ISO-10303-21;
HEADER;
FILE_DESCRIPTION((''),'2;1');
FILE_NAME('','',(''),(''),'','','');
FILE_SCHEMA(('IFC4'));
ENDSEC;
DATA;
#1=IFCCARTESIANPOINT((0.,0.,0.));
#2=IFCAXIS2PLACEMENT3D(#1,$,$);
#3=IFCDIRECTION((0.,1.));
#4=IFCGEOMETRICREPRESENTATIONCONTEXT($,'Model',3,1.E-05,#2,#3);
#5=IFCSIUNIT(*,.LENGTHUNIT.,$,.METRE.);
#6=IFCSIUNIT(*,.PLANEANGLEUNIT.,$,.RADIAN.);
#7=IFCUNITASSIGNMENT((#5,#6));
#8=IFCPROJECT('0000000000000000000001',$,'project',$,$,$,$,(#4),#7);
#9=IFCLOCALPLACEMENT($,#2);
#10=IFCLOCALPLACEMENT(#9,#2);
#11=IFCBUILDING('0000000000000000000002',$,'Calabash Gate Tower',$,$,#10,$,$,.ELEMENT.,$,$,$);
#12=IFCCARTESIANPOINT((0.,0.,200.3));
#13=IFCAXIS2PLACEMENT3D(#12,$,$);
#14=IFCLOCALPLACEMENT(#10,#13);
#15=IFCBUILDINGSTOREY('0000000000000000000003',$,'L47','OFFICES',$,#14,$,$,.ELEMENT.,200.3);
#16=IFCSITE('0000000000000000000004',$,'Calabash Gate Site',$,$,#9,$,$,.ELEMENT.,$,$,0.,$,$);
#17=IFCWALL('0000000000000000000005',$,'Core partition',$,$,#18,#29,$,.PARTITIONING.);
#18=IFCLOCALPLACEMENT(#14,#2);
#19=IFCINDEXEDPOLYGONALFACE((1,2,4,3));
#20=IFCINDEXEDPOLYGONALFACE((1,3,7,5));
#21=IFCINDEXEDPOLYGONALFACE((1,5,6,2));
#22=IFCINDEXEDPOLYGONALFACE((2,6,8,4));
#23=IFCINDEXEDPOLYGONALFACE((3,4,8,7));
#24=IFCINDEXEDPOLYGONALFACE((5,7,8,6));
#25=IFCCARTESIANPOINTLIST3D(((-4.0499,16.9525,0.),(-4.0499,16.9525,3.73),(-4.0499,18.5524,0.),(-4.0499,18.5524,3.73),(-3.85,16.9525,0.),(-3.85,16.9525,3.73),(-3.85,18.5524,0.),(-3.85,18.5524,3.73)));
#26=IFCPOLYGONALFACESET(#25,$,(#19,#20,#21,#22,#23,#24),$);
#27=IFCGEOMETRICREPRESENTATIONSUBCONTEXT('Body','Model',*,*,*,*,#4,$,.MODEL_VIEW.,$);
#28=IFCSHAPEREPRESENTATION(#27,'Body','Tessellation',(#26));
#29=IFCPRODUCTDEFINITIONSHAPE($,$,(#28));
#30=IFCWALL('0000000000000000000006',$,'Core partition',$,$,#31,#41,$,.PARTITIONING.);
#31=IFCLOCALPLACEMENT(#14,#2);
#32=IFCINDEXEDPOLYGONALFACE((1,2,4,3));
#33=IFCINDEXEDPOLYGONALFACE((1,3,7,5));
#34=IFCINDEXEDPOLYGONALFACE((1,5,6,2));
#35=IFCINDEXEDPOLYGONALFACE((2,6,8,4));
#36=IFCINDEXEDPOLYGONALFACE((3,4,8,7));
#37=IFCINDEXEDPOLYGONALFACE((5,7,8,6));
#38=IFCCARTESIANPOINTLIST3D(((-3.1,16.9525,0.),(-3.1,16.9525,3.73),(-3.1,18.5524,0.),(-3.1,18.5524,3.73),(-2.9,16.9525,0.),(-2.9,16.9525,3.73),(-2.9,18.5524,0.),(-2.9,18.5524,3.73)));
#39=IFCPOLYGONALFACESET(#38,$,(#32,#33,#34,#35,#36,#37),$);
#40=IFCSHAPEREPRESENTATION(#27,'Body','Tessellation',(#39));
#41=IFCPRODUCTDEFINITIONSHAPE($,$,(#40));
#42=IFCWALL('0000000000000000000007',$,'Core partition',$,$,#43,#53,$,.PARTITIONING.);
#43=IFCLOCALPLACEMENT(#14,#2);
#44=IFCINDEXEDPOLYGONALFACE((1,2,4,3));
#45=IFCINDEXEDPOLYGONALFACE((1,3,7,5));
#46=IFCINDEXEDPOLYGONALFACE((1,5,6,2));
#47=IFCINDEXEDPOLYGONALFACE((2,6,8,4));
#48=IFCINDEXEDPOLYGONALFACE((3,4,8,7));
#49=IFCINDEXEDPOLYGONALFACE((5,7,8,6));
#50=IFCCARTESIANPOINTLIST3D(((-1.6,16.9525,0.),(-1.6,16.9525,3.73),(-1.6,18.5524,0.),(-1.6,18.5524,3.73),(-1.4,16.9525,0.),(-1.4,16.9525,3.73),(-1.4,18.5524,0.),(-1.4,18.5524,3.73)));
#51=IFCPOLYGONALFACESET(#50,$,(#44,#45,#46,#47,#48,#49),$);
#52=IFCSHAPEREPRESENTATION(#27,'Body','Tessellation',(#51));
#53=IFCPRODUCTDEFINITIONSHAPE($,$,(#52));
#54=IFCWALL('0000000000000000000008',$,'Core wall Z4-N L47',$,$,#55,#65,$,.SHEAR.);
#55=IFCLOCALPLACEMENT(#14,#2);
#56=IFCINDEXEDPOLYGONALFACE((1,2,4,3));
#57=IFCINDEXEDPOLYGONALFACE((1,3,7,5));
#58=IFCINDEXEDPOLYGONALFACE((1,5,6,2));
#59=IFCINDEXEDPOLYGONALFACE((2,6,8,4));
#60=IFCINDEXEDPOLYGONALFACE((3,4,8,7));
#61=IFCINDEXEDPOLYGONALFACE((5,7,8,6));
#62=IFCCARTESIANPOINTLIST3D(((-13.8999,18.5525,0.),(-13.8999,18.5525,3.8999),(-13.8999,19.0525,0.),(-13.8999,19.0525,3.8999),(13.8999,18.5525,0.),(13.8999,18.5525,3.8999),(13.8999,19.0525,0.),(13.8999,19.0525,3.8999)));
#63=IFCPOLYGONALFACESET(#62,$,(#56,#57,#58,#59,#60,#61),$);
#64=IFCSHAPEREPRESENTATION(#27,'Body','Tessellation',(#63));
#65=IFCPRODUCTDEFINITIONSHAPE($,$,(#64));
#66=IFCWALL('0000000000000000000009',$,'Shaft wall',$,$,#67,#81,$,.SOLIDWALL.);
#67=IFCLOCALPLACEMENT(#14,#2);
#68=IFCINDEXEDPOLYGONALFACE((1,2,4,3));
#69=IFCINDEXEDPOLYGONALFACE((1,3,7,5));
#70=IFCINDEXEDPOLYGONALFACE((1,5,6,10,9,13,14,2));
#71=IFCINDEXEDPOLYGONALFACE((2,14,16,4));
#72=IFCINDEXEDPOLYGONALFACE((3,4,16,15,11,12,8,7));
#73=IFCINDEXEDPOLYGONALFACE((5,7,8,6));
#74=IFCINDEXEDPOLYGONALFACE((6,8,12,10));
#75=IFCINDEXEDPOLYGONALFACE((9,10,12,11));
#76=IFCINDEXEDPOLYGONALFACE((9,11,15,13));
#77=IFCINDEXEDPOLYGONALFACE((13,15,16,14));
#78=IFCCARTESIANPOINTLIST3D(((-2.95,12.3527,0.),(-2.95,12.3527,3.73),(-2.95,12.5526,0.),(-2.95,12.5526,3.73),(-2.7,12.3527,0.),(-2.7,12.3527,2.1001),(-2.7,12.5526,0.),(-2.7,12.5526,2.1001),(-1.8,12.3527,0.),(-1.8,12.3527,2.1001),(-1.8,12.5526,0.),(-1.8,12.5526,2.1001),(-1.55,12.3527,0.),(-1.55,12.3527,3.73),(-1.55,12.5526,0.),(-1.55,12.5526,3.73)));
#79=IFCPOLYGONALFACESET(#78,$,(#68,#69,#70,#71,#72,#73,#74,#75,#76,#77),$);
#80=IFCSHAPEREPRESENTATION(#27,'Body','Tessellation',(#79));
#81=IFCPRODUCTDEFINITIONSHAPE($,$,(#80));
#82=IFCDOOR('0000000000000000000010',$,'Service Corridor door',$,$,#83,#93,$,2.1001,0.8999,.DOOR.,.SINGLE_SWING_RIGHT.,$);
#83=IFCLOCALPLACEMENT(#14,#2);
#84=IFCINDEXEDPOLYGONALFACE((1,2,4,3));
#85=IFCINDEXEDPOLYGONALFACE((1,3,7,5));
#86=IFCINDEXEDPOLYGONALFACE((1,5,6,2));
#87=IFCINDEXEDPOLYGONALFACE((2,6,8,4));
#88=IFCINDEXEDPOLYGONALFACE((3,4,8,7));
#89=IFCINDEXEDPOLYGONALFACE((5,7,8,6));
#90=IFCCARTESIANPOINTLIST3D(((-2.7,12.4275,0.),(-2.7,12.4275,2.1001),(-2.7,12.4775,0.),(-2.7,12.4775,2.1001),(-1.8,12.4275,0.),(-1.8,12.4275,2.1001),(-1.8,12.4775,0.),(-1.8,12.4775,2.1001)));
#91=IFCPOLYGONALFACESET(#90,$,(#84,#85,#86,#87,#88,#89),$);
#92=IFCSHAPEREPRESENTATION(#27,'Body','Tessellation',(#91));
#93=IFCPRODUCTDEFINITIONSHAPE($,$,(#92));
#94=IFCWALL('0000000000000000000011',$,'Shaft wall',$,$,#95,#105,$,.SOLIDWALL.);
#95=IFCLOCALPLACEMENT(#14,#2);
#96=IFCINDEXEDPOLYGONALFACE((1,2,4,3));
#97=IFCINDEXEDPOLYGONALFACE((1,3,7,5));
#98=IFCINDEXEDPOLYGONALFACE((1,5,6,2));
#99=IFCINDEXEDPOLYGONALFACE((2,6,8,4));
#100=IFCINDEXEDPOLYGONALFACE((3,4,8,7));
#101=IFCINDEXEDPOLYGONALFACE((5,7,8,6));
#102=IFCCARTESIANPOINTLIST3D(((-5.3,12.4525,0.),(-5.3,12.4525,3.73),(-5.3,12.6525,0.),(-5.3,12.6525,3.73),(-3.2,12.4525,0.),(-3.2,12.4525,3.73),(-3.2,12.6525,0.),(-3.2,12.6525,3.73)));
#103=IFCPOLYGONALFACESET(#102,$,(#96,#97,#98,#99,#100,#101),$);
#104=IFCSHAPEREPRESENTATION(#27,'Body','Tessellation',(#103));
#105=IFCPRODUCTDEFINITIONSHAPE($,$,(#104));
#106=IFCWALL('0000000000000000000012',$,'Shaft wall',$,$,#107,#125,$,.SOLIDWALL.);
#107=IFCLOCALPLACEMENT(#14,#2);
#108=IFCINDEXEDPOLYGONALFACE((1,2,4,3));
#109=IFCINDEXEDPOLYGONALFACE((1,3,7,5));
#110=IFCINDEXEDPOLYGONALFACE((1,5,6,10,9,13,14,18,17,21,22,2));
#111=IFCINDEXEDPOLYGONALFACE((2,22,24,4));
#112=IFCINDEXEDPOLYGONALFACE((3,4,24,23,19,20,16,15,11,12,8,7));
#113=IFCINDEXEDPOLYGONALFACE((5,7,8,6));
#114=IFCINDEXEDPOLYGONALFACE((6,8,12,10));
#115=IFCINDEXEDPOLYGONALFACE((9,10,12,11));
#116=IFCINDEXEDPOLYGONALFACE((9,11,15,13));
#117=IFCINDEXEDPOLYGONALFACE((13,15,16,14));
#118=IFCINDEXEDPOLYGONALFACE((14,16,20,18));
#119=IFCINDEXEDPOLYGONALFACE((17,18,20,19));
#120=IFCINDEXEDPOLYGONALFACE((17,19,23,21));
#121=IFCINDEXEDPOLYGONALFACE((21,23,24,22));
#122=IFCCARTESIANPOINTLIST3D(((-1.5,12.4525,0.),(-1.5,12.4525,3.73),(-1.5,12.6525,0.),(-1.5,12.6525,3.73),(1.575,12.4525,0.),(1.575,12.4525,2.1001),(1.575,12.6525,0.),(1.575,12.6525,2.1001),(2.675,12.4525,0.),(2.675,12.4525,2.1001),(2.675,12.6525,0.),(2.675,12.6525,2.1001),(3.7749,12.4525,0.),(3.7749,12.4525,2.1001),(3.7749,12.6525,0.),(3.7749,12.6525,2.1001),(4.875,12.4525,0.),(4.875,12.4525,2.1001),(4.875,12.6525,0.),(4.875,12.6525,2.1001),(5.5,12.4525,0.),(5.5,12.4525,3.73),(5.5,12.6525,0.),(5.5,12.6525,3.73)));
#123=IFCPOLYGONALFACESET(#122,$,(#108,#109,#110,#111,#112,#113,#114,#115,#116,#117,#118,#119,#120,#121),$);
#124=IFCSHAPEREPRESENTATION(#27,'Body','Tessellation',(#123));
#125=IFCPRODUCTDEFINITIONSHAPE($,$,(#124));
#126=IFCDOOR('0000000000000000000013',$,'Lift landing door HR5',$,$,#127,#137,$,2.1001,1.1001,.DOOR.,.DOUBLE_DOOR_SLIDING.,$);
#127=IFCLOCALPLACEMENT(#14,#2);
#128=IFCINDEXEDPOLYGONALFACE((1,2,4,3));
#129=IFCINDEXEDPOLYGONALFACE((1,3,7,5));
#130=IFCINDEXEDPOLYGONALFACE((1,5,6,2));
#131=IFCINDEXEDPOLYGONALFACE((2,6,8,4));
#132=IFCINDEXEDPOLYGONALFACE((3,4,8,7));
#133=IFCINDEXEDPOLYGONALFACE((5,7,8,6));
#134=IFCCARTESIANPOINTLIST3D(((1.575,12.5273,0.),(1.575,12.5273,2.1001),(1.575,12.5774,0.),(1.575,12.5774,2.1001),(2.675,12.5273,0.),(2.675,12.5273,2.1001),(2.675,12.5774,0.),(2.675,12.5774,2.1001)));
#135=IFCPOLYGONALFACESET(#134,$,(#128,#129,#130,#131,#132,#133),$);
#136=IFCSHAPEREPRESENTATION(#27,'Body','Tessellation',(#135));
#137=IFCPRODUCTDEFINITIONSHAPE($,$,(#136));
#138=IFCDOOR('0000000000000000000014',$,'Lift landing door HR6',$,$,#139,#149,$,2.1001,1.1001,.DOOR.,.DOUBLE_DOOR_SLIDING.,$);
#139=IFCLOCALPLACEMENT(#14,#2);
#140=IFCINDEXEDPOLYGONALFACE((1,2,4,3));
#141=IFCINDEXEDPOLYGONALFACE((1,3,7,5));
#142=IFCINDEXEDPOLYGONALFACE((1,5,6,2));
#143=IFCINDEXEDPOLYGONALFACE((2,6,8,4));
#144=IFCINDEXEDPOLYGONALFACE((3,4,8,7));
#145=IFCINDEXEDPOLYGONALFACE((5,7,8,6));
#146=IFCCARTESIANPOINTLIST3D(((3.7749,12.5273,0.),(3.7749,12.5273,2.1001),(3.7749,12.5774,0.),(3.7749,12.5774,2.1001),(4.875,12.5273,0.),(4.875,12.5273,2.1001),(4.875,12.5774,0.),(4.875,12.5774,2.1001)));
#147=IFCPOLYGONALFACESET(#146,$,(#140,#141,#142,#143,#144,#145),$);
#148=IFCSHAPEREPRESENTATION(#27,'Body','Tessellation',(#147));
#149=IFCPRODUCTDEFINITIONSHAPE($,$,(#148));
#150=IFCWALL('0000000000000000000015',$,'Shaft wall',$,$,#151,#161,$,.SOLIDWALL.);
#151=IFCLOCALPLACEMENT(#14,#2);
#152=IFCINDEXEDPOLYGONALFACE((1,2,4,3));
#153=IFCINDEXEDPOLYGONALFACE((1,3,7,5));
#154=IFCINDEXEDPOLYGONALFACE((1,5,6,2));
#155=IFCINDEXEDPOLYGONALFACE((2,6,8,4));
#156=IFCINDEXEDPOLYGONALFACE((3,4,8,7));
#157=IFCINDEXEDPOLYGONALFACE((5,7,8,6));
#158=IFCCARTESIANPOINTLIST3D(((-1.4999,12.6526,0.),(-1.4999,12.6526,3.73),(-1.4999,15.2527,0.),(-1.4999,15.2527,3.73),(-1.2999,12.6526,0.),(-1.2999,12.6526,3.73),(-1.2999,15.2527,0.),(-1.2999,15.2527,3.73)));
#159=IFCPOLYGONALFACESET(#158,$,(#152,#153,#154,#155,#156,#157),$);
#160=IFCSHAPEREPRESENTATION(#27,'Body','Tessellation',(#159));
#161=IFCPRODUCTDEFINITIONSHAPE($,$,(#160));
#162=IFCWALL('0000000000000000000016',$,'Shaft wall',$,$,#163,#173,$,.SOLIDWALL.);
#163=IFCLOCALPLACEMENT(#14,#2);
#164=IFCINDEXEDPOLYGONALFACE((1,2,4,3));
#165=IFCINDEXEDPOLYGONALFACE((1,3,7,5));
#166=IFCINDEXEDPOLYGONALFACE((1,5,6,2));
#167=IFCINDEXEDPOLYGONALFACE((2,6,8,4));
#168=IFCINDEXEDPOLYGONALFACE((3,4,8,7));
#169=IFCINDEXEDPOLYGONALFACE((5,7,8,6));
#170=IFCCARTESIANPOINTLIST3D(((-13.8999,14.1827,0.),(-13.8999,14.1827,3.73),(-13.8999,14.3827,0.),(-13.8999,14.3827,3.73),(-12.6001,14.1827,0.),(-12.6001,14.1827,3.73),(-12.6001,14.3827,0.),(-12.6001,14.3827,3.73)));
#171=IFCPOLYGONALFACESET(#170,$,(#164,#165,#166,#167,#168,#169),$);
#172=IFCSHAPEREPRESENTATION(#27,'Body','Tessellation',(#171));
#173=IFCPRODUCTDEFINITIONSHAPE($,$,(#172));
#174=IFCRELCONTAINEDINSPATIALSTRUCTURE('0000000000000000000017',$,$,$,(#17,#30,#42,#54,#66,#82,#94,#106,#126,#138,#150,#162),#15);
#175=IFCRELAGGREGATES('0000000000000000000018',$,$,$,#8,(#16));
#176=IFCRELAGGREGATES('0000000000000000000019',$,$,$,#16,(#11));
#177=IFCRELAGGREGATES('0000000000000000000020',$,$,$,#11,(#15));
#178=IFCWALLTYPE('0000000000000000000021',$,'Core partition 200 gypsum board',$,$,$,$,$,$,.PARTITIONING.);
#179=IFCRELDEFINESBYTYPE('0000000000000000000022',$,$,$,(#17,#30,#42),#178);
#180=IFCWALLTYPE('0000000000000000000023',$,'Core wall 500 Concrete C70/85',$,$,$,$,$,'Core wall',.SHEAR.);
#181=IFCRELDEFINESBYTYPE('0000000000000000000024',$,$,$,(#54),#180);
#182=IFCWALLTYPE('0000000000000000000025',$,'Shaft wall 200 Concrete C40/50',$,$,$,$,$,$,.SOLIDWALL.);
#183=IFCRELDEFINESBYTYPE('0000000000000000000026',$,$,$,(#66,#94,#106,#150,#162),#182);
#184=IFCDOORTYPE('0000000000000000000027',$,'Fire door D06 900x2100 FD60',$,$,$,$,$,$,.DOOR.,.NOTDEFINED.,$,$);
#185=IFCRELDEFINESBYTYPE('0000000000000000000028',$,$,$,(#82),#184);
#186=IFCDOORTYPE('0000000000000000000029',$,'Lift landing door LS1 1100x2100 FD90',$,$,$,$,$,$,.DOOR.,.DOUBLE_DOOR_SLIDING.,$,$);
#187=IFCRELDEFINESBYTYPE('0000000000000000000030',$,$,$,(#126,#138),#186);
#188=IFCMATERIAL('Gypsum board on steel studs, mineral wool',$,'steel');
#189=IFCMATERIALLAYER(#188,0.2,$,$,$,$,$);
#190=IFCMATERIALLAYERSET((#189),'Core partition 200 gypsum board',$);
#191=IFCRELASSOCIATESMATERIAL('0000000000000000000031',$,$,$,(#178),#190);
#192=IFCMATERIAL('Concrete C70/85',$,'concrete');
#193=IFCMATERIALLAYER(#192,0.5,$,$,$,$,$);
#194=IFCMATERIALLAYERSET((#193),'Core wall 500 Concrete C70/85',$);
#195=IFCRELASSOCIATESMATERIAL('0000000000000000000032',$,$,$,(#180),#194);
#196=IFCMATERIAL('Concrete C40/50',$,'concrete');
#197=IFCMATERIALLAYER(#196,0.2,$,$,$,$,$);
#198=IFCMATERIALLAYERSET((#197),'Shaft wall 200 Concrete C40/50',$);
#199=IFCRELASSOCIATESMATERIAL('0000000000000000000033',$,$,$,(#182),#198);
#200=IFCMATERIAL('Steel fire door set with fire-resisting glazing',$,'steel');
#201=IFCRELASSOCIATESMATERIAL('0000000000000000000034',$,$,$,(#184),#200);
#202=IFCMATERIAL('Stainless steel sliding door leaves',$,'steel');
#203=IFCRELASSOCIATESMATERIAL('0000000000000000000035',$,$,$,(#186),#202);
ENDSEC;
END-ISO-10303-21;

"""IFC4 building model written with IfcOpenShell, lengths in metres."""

from ifc_helpers import new_model, si_unit, direction, frame, frame_2d, origin, place, context, subcontext, project, spatial, rectangle, extrude, material, layer, layer_set, type_object, element, fill, save


model = new_model("IFC4")

# Units and contexts
model_context = context("Model", 3, precision=1e-05, world=origin(), true_north=direction((0.0, 1.0)))
body_context = subcontext(model_context, "Body", "Model", "MODEL_VIEW")
ifc_project = project(units=[si_unit("LENGTHUNIT", "METRE"), si_unit("PLANEANGLEUNIT", "RADIAN")], contexts=[model_context])

# Site, building, storey
site_placement = place(None, origin())
site = spatial("IfcSite", under=ifc_project, at=site_placement, Name="Calabash Gate Site", CompositionType="ELEMENT", RefElevation=0.0)
building_placement = place(site_placement, origin())
building = spatial("IfcBuilding", under=site, at=building_placement, Name="Calabash Gate Tower", CompositionType="ELEMENT")
storey_placement = place(building_placement, frame((0.0, 0.0, 200.3)))
storey = spatial("IfcBuildingStorey", under=building, at=storey_placement, Name="L47", Description="OFFICES", CompositionType="ELEMENT", Elevation=200.3)

# Walls
ifc_material_1 = material(Name="Gypsum board on steel studs, mineral wool", Category="steel")
ifc_layer_1 = layer(ifc_material_1, 0.2)
ifc_layer_set_1 = layer_set([ifc_layer_1], Name="Core partition 200 gypsum board")
wall_type_1 = type_object("IfcWallType", Name="Core partition 200 gypsum board", PredefinedType="PARTITIONING", material=ifc_layer_set_1)
for number, where, z_axis, x_axis, name in (
    (1, (-3.95, 16.9526, 0.0), (0.0, 0.0, 1.0), (0.0, 1.0, 0.0), "Core partition"),
    (2, (-3.0, 16.9526, 0.0), (0.0, 0.0, 1.0), (0.0, 1.0, 0.0), "Core partition"),
    (3, (-1.5, 16.9526, 0.0), (0.0, 0.0, 1.0), (0.0, 1.0, 0.0), "Core partition"),
):
    element("IfcWall", number, at=place(storey_placement, frame(where, z_axis=z_axis, x_axis=x_axis)), inside=storey, type_object=wall_type_1, Name=name, PredefinedType="PARTITIONING", context=body_context, shape_type="SweptSolid", body=[
        extrude(rectangle(XDim=1.5999, YDim=0.2, at=frame_2d((0.7998, 0.0))), origin(), (0.0, 0.0, 1.0), 3.73),
    ])
ifc_material_2 = material(Name="Concrete C70/85", Category="concrete")
ifc_layer_2 = layer(ifc_material_2, 0.5)
ifc_layer_set_2 = layer_set([ifc_layer_2], Name="Core wall 500 Concrete C70/85")
wall_type_2 = type_object("IfcWallType", Name="Core wall 500 Concrete C70/85", ElementType="Core wall", PredefinedType="SHEAR", material=ifc_layer_set_2)
wall_1_placement = place(storey_placement, frame((-13.8999, 18.8025, 0.0), z_axis=(0.0, 0.0, 1.0), x_axis=(1.0, 0.0, 0.0)))
element("IfcWall", 4, at=wall_1_placement, inside=storey, type_object=wall_type_2, Name="Core wall Z4-N L47", PredefinedType="SHEAR", context=body_context, shape_type="SweptSolid", body=[
    extrude(rectangle(XDim=27.7998, YDim=0.5, at=frame_2d((13.8999, 0.0))), origin(), (0.0, 0.0, 1.0), 3.8999),
])

# Wall, opening, door
ifc_material_3 = material(Name="Concrete C40/50", Category="concrete")
ifc_layer_3 = layer(ifc_material_3, 0.2)
ifc_layer_set_3 = layer_set([ifc_layer_3], Name="Shaft wall 200 Concrete C40/50")
wall_type_3 = type_object("IfcWallType", Name="Shaft wall 200 Concrete C40/50", PredefinedType="SOLIDWALL", material=ifc_layer_set_3)
wall_2_placement = place(storey_placement, frame((-2.95, 12.4526, 0.0), z_axis=(0.0, 0.0, 1.0), x_axis=(1.0, 0.0, 0.0)))
wall_2 = element("IfcWall", 5, at=wall_2_placement, inside=storey, type_object=wall_type_3, Name="Shaft wall", PredefinedType="SOLIDWALL", context=body_context, shape_type="SweptSolid", body=[
    extrude(rectangle(XDim=1.3999, YDim=0.2, at=frame_2d((0.7, 0.0))), origin(), (0.0, 0.0, 1.0), 3.73),
])
opening_1_placement = place(wall_2_placement, frame((0.25, 0.0, 0.0)))
opening_1 = element("IfcOpeningElement", 6, at=opening_1_placement, cuts=wall_2, PredefinedType="OPENING", context=body_context, shape_type="SweptSolid", body=[
    extrude(rectangle(XDim=0.8999, YDim=2.1001, at=frame_2d((0.45, 1.05))), frame((0.0, 0.1099, 0.0), z_axis=(0.0, -1.0, 0.0), x_axis=(1.0, 0.0, 0.0)), (0.0, 0.0, 1.0), 0.22),
])
ifc_material_4 = material(Name="Steel fire door set with fire-resisting glazing", Category="steel")
door_type_1 = type_object("IfcDoorType", Name="Fire door D06 900x2100 FD60", OperationType="NOTDEFINED", PredefinedType="DOOR", material=ifc_material_4)
door_1_placement = place(opening_1_placement, origin())
door_1 = element("IfcDoor", 7, at=door_1_placement, inside=storey, type_object=door_type_1, Name="Service Corridor door", OperationType="SINGLE_SWING_RIGHT", OverallHeight=2.1001, OverallWidth=0.8999, PredefinedType="DOOR", context=body_context, shape_type="SweptSolid", body=[
    extrude(rectangle(XDim=0.8999, YDim=2.1001, at=frame_2d((0.45, 1.05))), frame((0.0, 0.0249, 0.0), z_axis=(0.0, -1.0, 0.0), x_axis=(1.0, 0.0, 0.0)), (0.0, 0.0, 1.0), 0.05),
])
fill(opening_1, door_1)

# Wall
wall_3_placement = place(storey_placement, frame((-5.3, 12.5525, 0.0), z_axis=(0.0, 0.0, 1.0), x_axis=(1.0, 0.0, 0.0)))
element("IfcWall", 8, at=wall_3_placement, inside=storey, type_object=wall_type_3, Name="Shaft wall", PredefinedType="SOLIDWALL", context=body_context, shape_type="SweptSolid", body=[
    extrude(rectangle(XDim=2.1001, YDim=0.2, at=frame_2d((1.05, 0.0))), origin(), (0.0, 0.0, 1.0), 3.73),
])

# Wall, openings, doors
wall_4_placement = place(storey_placement, frame((-1.5, 12.5525, 0.0), z_axis=(0.0, 0.0, 1.0), x_axis=(1.0, 0.0, 0.0)))
wall_4 = element("IfcWall", 9, at=wall_4_placement, inside=storey, type_object=wall_type_3, Name="Shaft wall", PredefinedType="SOLIDWALL", context=body_context, shape_type="SweptSolid", body=[
    extrude(rectangle(XDim=7.0, YDim=0.2, at=frame_2d((3.5, 0.0))), origin(), (0.0, 0.0, 1.0), 3.73),
])
opening_2_placement = place(wall_4_placement, frame((3.075, 0.0, 0.0)))
opening_2 = element("IfcOpeningElement", 10, at=opening_2_placement, cuts=wall_4, PredefinedType="OPENING", context=body_context, shape_type="SweptSolid", body=[
    extrude(rectangle(XDim=1.1001, YDim=2.1001, at=frame_2d((0.55, 1.05))), frame((0.0, 0.1099, 0.0), z_axis=(0.0, -1.0, 0.0), x_axis=(1.0, 0.0, 0.0)), (0.0, 0.0, 1.0), 0.22),
])
opening_3_placement = place(wall_4_placement, frame((5.2749, 0.0, 0.0)))
opening_3 = element("IfcOpeningElement", 11, at=opening_3_placement, cuts=wall_4, PredefinedType="OPENING", context=body_context, shape_type="SweptSolid", body=[
    extrude(rectangle(XDim=1.1001, YDim=2.1001, at=frame_2d((0.55, 1.05))), frame((0.0, 0.1099, 0.0), z_axis=(0.0, -1.0, 0.0), x_axis=(1.0, 0.0, 0.0)), (0.0, 0.0, 1.0), 0.22),
])
ifc_material_5 = material(Name="Stainless steel sliding door leaves", Category="steel")
door_type_2 = type_object("IfcDoorType", Name="Lift landing door LS1 1100x2100 FD90", OperationType="DOUBLE_DOOR_SLIDING", PredefinedType="DOOR", material=ifc_material_5)
door_2_placement = place(opening_2_placement, origin())
door_2 = element("IfcDoor", 12, at=door_2_placement, inside=storey, type_object=door_type_2, Name="Lift landing door HR5", OperationType="DOUBLE_DOOR_SLIDING", OverallHeight=2.1001, OverallWidth=1.1001, PredefinedType="DOOR", context=body_context, shape_type="SweptSolid", body=[
    extrude(rectangle(XDim=1.1001, YDim=2.1001, at=frame_2d((0.55, 1.05))), frame((0.0, 0.0249, 0.0), z_axis=(0.0, -1.0, 0.0), x_axis=(1.0, 0.0, 0.0)), (0.0, 0.0, 1.0), 0.05),
])
fill(opening_2, door_2)
door_3_placement = place(opening_3_placement, origin())
door_3 = element("IfcDoor", 13, at=door_3_placement, inside=storey, type_object=door_type_2, Name="Lift landing door HR6", OperationType="DOUBLE_DOOR_SLIDING", OverallHeight=2.1001, OverallWidth=1.1001, PredefinedType="DOOR", context=body_context, shape_type="SweptSolid", body=[
    extrude(rectangle(XDim=1.1001, YDim=2.1001, at=frame_2d((0.55, 1.05))), frame((0.0, 0.0249, 0.0), z_axis=(0.0, -1.0, 0.0), x_axis=(1.0, 0.0, 0.0)), (0.0, 0.0, 1.0), 0.05),
])
fill(opening_3, door_3)

# Walls
wall_5_placement = place(storey_placement, frame((-1.3999, 12.6526, 0.0), z_axis=(0.0, 0.0, 1.0), x_axis=(0.0, 1.0, 0.0)))
element("IfcWall", 14, at=wall_5_placement, inside=storey, type_object=wall_type_3, Name="Shaft wall", PredefinedType="SOLIDWALL", context=body_context, shape_type="SweptSolid", body=[
    extrude(rectangle(XDim=2.6001, YDim=0.2, at=frame_2d((1.3, 0.0))), origin(), (0.0, 0.0, 1.0), 3.73),
])
wall_6_placement = place(storey_placement, frame((-13.8999, 14.2827, 0.0), z_axis=(0.0, 0.0, 1.0), x_axis=(1.0, 0.0, 0.0)))
element("IfcWall", 15, at=wall_6_placement, inside=storey, type_object=wall_type_3, Name="Shaft wall", PredefinedType="SOLIDWALL", context=body_context, shape_type="SweptSolid", body=[
    extrude(rectangle(XDim=1.2998, YDim=0.2, at=frame_2d((0.6499, 0.0))), origin(), (0.0, 0.0, 1.0), 3.73),
])

save(model, "model.ifc")
